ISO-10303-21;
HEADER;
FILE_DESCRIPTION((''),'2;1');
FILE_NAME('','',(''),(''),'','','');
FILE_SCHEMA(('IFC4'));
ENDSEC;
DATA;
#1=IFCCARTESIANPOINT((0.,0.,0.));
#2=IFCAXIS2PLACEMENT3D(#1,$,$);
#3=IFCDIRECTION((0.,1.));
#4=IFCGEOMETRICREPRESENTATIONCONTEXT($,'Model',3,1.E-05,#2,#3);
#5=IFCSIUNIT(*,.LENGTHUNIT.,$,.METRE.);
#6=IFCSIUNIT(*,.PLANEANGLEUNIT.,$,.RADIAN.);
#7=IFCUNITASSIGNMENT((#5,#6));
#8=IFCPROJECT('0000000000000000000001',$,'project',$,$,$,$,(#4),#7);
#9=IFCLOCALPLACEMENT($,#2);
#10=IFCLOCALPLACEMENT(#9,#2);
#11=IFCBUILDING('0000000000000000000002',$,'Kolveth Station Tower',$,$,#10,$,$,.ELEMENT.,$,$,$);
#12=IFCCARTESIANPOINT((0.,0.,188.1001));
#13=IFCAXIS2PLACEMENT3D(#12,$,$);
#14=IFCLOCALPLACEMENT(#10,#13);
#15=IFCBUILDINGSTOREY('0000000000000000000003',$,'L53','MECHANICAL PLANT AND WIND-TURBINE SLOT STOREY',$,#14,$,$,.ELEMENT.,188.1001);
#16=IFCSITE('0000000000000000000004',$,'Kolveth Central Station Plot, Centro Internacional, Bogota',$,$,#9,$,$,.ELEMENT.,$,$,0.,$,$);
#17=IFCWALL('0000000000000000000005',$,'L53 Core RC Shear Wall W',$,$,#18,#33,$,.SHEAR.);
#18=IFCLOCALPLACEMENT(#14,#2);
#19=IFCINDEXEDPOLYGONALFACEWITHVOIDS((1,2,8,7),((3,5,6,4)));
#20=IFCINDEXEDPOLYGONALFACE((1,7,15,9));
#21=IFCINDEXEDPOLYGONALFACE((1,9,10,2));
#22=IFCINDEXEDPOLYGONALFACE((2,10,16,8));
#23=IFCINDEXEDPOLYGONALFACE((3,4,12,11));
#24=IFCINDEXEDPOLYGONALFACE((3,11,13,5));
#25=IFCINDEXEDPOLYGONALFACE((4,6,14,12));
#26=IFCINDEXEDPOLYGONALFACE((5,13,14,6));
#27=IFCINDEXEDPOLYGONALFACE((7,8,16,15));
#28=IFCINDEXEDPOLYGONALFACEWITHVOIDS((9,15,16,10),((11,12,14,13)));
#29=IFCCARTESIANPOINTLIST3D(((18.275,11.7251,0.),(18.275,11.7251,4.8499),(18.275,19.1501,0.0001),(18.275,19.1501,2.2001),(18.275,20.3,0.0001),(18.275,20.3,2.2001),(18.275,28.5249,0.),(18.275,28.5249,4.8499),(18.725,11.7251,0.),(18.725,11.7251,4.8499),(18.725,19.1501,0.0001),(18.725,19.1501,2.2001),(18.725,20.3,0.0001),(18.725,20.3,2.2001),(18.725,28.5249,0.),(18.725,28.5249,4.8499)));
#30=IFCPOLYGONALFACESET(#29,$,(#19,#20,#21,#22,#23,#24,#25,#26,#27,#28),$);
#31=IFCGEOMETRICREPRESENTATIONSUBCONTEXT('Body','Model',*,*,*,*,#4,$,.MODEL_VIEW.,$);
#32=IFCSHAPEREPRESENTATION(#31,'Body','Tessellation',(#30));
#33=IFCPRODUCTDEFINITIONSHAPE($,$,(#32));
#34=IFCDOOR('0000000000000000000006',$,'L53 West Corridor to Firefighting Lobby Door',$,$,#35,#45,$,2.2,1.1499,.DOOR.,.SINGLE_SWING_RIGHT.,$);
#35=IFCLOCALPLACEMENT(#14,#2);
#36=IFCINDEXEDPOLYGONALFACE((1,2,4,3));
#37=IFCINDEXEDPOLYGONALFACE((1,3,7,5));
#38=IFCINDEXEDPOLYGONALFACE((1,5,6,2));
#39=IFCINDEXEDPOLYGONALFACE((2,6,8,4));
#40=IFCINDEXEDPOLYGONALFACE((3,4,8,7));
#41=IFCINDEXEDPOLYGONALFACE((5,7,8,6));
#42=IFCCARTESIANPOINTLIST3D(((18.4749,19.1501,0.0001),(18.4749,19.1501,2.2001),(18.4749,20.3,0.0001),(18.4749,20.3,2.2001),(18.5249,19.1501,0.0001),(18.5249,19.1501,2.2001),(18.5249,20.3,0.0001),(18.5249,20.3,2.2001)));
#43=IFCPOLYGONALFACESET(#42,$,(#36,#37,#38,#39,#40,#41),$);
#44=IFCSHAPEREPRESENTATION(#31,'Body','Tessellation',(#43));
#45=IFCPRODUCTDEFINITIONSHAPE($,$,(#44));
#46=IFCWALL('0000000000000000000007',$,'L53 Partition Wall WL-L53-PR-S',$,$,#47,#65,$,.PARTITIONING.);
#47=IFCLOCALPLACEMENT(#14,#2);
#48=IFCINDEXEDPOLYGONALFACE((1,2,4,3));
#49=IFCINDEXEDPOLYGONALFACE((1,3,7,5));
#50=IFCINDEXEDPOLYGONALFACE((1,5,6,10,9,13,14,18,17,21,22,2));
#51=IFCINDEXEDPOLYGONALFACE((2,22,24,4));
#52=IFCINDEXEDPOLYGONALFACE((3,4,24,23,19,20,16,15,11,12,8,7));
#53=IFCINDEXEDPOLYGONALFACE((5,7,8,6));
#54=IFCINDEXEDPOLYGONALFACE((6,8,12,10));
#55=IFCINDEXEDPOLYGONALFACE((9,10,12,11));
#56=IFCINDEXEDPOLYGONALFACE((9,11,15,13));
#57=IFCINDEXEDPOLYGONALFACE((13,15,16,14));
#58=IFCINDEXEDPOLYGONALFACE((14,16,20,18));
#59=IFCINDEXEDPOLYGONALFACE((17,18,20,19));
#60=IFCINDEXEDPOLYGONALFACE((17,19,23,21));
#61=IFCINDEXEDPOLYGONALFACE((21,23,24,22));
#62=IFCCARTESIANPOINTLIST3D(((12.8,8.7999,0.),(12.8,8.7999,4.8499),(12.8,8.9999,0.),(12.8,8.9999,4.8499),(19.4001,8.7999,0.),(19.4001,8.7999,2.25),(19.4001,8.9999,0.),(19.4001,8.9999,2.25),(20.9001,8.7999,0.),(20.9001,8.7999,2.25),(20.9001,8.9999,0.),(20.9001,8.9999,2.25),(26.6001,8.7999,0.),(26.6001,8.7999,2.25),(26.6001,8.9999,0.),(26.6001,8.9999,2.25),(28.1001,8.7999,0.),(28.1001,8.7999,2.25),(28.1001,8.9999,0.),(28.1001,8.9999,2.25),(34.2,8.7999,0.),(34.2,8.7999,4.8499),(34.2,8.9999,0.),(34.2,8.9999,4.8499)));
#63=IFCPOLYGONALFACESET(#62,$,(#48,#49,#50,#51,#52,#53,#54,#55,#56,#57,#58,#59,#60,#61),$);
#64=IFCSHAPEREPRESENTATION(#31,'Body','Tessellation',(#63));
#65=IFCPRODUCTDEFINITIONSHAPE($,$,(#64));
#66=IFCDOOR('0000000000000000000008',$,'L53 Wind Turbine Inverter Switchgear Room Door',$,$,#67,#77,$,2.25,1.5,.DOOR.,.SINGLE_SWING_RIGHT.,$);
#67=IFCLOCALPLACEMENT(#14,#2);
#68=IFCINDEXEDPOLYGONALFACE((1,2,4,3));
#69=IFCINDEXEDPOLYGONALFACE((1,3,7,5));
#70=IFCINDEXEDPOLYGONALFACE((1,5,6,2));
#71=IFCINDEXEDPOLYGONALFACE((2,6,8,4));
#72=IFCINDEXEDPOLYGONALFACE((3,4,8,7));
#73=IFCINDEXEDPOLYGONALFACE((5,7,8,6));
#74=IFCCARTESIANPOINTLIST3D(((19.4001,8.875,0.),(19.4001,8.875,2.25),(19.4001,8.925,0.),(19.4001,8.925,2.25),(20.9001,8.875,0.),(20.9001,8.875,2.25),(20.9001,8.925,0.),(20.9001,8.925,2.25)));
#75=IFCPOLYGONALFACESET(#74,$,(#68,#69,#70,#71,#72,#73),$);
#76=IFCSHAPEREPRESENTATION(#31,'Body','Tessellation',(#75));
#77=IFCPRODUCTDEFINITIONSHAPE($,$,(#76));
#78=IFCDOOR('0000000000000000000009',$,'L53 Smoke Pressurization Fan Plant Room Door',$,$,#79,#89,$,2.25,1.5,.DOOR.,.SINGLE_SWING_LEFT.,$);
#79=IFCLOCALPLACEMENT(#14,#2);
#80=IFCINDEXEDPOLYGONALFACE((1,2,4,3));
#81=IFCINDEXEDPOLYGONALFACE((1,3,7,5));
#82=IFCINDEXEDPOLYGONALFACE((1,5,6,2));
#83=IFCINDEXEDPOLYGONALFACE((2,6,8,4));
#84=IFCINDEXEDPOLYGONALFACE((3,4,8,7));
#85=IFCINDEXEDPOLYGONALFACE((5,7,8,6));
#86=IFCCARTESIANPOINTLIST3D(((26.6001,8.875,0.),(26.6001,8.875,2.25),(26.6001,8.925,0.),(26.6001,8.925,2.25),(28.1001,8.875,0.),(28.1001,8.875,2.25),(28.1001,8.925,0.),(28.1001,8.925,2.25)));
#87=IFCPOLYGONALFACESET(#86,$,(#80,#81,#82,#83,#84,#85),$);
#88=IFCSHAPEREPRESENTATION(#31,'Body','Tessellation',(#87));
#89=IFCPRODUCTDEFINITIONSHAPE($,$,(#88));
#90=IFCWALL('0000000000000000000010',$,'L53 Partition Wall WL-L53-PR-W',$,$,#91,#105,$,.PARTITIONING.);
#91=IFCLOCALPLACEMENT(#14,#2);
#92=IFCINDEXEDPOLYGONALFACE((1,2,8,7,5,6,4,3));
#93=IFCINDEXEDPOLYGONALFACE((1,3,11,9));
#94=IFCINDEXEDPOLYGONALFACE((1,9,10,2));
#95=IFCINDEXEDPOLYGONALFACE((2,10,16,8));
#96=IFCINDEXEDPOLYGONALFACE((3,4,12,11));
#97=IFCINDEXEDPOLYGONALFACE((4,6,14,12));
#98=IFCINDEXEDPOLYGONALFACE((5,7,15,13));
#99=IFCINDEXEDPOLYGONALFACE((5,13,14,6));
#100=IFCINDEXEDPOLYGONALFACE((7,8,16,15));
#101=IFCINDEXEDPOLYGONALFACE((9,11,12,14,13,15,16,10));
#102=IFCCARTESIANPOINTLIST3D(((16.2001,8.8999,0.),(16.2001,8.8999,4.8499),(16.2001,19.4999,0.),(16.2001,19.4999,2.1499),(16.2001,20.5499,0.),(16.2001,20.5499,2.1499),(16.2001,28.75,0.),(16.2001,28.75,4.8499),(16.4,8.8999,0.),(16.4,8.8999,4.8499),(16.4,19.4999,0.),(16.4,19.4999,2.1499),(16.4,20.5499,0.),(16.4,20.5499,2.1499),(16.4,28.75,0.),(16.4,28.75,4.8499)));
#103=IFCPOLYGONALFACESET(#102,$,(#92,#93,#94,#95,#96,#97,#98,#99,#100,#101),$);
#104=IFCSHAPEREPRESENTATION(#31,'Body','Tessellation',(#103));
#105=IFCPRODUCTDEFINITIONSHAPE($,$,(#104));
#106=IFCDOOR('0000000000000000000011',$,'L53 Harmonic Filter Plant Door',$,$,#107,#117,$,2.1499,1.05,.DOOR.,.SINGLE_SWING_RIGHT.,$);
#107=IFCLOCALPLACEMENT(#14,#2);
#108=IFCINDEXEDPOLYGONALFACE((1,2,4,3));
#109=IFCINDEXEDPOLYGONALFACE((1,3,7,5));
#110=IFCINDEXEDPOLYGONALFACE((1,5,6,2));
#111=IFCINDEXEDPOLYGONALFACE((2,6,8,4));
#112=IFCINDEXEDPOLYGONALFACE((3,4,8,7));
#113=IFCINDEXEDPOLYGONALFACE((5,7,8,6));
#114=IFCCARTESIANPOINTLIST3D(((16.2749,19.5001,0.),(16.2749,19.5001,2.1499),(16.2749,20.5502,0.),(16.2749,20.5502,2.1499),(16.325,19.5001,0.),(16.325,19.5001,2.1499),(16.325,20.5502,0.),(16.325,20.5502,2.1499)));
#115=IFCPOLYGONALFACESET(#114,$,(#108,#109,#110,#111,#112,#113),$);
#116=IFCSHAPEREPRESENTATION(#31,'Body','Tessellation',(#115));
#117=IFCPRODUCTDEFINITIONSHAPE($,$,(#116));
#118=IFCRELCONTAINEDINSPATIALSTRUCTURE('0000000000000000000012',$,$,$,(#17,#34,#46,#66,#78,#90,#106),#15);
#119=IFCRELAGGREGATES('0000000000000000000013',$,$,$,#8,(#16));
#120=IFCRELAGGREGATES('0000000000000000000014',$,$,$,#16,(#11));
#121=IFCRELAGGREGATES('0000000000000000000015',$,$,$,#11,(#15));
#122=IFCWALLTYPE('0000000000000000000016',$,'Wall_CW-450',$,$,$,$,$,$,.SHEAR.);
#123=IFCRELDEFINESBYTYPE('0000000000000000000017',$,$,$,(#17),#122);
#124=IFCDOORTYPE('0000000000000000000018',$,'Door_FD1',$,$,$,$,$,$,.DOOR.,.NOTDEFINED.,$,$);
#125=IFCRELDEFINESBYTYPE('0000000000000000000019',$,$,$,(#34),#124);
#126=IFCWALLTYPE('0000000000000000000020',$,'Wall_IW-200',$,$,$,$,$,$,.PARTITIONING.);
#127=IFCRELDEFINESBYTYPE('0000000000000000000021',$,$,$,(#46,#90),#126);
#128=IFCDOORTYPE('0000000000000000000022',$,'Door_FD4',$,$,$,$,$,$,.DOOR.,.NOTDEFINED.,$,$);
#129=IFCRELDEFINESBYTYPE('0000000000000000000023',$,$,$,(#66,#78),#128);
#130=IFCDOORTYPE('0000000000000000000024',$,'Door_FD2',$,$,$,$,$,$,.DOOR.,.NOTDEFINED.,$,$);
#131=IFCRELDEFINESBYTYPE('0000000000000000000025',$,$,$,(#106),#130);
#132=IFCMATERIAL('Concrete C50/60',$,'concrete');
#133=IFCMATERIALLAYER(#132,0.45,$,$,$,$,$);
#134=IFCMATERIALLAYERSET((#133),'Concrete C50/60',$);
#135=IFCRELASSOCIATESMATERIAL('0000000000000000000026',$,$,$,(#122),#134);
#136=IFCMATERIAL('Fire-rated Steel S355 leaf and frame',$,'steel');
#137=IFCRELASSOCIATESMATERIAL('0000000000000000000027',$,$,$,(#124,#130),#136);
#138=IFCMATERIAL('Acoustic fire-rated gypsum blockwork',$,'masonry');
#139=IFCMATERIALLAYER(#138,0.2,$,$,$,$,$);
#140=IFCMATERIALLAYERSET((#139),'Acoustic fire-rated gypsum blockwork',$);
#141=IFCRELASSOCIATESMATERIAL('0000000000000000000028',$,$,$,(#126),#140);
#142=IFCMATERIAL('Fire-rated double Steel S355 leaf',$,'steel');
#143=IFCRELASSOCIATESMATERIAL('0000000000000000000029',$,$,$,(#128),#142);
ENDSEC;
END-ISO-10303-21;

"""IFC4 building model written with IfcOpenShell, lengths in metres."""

from ifc_helpers import new_model, si_unit, direction, frame, frame_2d, origin, place, context, subcontext, project, spatial, rectangle, extrude, material, layer, layer_set, type_object, element, fill, save


model = new_model("IFC4")

# Units and contexts
model_context = context("Model", 3, precision=1e-05, world=origin(), true_north=direction((0.0, 1.0)))
body_context = subcontext(model_context, "Body", "Model", "MODEL_VIEW")
ifc_project = project(units=[si_unit("LENGTHUNIT", "METRE"), si_unit("PLANEANGLEUNIT", "RADIAN")], contexts=[model_context])

# Site, building, storey
site_placement = place(None, origin())
site = spatial("IfcSite", under=ifc_project, at=site_placement, Name="Kolveth Central Station Plot, Centro Internacional, Bogota", CompositionType="ELEMENT", RefElevation=0.0)
building_placement = place(site_placement, origin())
building = spatial("IfcBuilding", under=site, at=building_placement, Name="Kolveth Station Tower", CompositionType="ELEMENT")
storey_placement = place(building_placement, frame((0.0, 0.0, 188.1001)))
storey = spatial("IfcBuildingStorey", under=building, at=storey_placement, Name="L53", Description="MECHANICAL PLANT AND WIND-TURBINE SLOT STOREY", CompositionType="ELEMENT", Elevation=188.1001)

# Shared definitions
ifc_material_1 = material(Name="Concrete C50/60", Category="concrete")
ifc_layer_1 = layer(ifc_material_1, 0.45)
ifc_layer_set_1 = layer_set([ifc_layer_1], Name="Concrete C50/60")
wall_type_1 = type_object("IfcWallType", Name="Wall_CW-450", PredefinedType="SHEAR", material=ifc_layer_set_1)

# Wall, opening, door
wall_1_placement = place(storey_placement, frame((18.5, 11.7251, 0.0), z_axis=(0.0, 0.0, 1.0), x_axis=(0.0, 1.0, 0.0)))
wall_1 = element("IfcWall", 1, at=wall_1_placement, inside=storey, type_object=wall_type_1, Name="L53 Core RC Shear Wall W", PredefinedType="SHEAR", context=body_context, shape_type="SweptSolid", body=[
    extrude(rectangle(XDim=16.7998, YDim=0.45, at=frame_2d((8.3999, 0.0))), origin(), (0.0, 0.0, 1.0), 4.8499),
])
opening_1_placement = place(wall_1_placement, frame((7.425, 0.0, 0.0)))
opening_1 = element("IfcOpeningElement", 2, at=opening_1_placement, cuts=wall_1, PredefinedType="OPENING", context=body_context, shape_type="SweptSolid", body=[
    extrude(rectangle(XDim=1.1499, YDim=2.2, at=frame_2d((0.575, 1.1001))), frame((0.0, 0.2349, 0.0), z_axis=(0.0, -1.0, 0.0), x_axis=(1.0, 0.0, 0.0)), (0.0, 0.0, 1.0), 0.47),
])
ifc_material_2 = material(Name="Fire-rated Steel S355 leaf and frame", Category="steel")
door_type_1 = type_object("IfcDoorType", Name="Door_FD1", OperationType="NOTDEFINED", PredefinedType="DOOR", material=ifc_material_2)
door_1_placement = place(opening_1_placement, frame((1.1499, 0.0, 0.0), z_axis=(0.0, 0.0, 1.0), x_axis=(-1.0, 0.0, 0.0)))
door_1 = element("IfcDoor", 3, at=door_1_placement, inside=storey, type_object=door_type_1, Name="L53 West Corridor to Firefighting Lobby Door", OperationType="SINGLE_SWING_RIGHT", OverallHeight=2.2, OverallWidth=1.1499, PredefinedType="DOOR", context=body_context, shape_type="SweptSolid", body=[
    extrude(rectangle(XDim=1.1499, YDim=2.2, at=frame_2d((0.575, 1.1001))), frame((0.0, 0.0249, 0.0), z_axis=(0.0, -1.0, 0.0), x_axis=(1.0, 0.0, 0.0)), (0.0, 0.0, 1.0), 0.05),
])
fill(opening_1, door_1)

# Wall, openings, doors
ifc_material_3 = material(Name="Acoustic fire-rated gypsum blockwork", Category="masonry")
ifc_layer_2 = layer(ifc_material_3, 0.2)
ifc_layer_set_2 = layer_set([ifc_layer_2], Name="Acoustic fire-rated gypsum blockwork")
wall_type_2 = type_object("IfcWallType", Name="Wall_IW-200", PredefinedType="PARTITIONING", material=ifc_layer_set_2)
wall_2_placement = place(storey_placement, frame((12.8, 8.8999, 0.0), z_axis=(0.0, 0.0, 1.0), x_axis=(1.0, 0.0, 0.0)))
wall_2 = element("IfcWall", 4, at=wall_2_placement, inside=storey, type_object=wall_type_2, Name="L53 Partition Wall WL-L53-PR-S", PredefinedType="PARTITIONING", context=body_context, shape_type="SweptSolid", body=[
    extrude(rectangle(XDim=21.3999, YDim=0.2, at=frame_2d((10.7, 0.0))), origin(), (0.0, 0.0, 1.0), 4.8499),
])
opening_2_placement = place(wall_2_placement, frame((6.6001, 0.0, 0.0)))
opening_2 = element("IfcOpeningElement", 5, at=opening_2_placement, cuts=wall_2, PredefinedType="OPENING", context=body_context, shape_type="SweptSolid", body=[
    extrude(rectangle(XDim=1.5, YDim=2.25, at=frame_2d((0.75, 1.125))), frame((0.0, 0.1099, 0.0), z_axis=(0.0, -1.0, 0.0), x_axis=(1.0, 0.0, 0.0)), (0.0, 0.0, 1.0), 0.22),
])
opening_3_placement = place(wall_2_placement, frame((13.8, 0.0, 0.0)))
opening_3 = element("IfcOpeningElement", 6, at=opening_3_placement, cuts=wall_2, PredefinedType="OPENING", context=body_context, shape_type="SweptSolid", body=[
    extrude(rectangle(XDim=1.5, YDim=2.25, at=frame_2d((0.75, 1.125))), frame((0.0, 0.1099, 0.0), z_axis=(0.0, -1.0, 0.0), x_axis=(1.0, 0.0, 0.0)), (0.0, 0.0, 1.0), 0.22),
])
ifc_material_4 = material(Name="Fire-rated double Steel S355 leaf", Category="steel")
door_type_2 = type_object("IfcDoorType", Name="Door_FD4", OperationType="NOTDEFINED", PredefinedType="DOOR", material=ifc_material_4)
door_2_placement = place(opening_2_placement, frame((1.5, 0.0, 0.0), z_axis=(0.0, 0.0, 1.0), x_axis=(-1.0, 0.0, 0.0)))
door_2 = element("IfcDoor", 7, at=door_2_placement, inside=storey, type_object=door_type_2, Name="L53 Wind Turbine Inverter Switchgear Room Door", OperationType="SINGLE_SWING_RIGHT", OverallHeight=2.25, OverallWidth=1.5, PredefinedType="DOOR", context=body_context, shape_type="SweptSolid", body=[
    extrude(rectangle(XDim=1.5, YDim=2.25, at=frame_2d((0.75, 1.125))), frame((0.0, 0.0249, 0.0), z_axis=(0.0, -1.0, 0.0), x_axis=(1.0, 0.0, 0.0)), (0.0, 0.0, 1.0), 0.05),
])
fill(opening_2, door_2)
door_3_placement = place(opening_3_placement, frame((1.5, 0.0, 0.0), z_axis=(0.0, 0.0, 1.0), x_axis=(-1.0, 0.0, 0.0)))
door_3 = element("IfcDoor", 8, at=door_3_placement, inside=storey, type_object=door_type_2, Name="L53 Smoke Pressurization Fan Plant Room Door", OperationType="SINGLE_SWING_LEFT", OverallHeight=2.25, OverallWidth=1.5, PredefinedType="DOOR", context=body_context, shape_type="SweptSolid", body=[
    extrude(rectangle(XDim=1.5, YDim=2.25, at=frame_2d((0.75, 1.125))), frame((0.0, 0.0249, 0.0), z_axis=(0.0, -1.0, 0.0), x_axis=(1.0, 0.0, 0.0)), (0.0, 0.0, 1.0), 0.05),
])
fill(opening_3, door_3)

# Wall, opening, door
wall_3_placement = place(storey_placement, frame((16.3, 8.8999, 0.0), z_axis=(0.0, 0.0, 1.0), x_axis=(0.0, 1.0, 0.0)))
wall_3 = element("IfcWall", 9, at=wall_3_placement, inside=storey, type_object=wall_type_2, Name="L53 Partition Wall WL-L53-PR-W", PredefinedType="PARTITIONING", context=body_context, shape_type="SweptSolid", body=[
    extrude(rectangle(XDim=19.8501, YDim=0.2, at=frame_2d((9.925, 0.0))), origin(), (0.0, 0.0, 1.0), 4.8499),
])
opening_4_placement = place(wall_3_placement, frame((10.6001, 0.0, 0.0)))
opening_4 = element("IfcOpeningElement", 10, at=opening_4_placement, cuts=wall_3, PredefinedType="OPENING", context=body_context, shape_type="SweptSolid", body=[
    extrude(rectangle(XDim=1.05, YDim=2.1499, at=frame_2d((0.5249, 1.075))), frame((0.0, 0.1099, 0.0), z_axis=(0.0, -1.0, 0.0), x_axis=(1.0, 0.0, 0.0)), (0.0, 0.0, 1.0), 0.22),
])
door_type_3 = type_object("IfcDoorType", Name="Door_FD2", OperationType="NOTDEFINED", PredefinedType="DOOR", material=ifc_material_2)
door_4_placement = place(opening_4_placement, frame((1.05, 0.0, 0.0), z_axis=(0.0, 0.0, 1.0), x_axis=(-1.0, 0.0, 0.0)))
door_4 = element("IfcDoor", 11, at=door_4_placement, inside=storey, type_object=door_type_3, Name="L53 Harmonic Filter Plant Door", OperationType="SINGLE_SWING_RIGHT", OverallHeight=2.1499, OverallWidth=1.05, PredefinedType="DOOR", context=body_context, shape_type="SweptSolid", body=[
    extrude(rectangle(XDim=1.05, YDim=2.1499, at=frame_2d((0.5249, 1.075))), frame((0.0, 0.0249, 0.0), z_axis=(0.0, -1.0, 0.0), x_axis=(1.0, 0.0, 0.0)), (0.0, 0.0, 1.0), 0.05),
])
fill(opening_4, door_4)

save(model, "model.ifc")
